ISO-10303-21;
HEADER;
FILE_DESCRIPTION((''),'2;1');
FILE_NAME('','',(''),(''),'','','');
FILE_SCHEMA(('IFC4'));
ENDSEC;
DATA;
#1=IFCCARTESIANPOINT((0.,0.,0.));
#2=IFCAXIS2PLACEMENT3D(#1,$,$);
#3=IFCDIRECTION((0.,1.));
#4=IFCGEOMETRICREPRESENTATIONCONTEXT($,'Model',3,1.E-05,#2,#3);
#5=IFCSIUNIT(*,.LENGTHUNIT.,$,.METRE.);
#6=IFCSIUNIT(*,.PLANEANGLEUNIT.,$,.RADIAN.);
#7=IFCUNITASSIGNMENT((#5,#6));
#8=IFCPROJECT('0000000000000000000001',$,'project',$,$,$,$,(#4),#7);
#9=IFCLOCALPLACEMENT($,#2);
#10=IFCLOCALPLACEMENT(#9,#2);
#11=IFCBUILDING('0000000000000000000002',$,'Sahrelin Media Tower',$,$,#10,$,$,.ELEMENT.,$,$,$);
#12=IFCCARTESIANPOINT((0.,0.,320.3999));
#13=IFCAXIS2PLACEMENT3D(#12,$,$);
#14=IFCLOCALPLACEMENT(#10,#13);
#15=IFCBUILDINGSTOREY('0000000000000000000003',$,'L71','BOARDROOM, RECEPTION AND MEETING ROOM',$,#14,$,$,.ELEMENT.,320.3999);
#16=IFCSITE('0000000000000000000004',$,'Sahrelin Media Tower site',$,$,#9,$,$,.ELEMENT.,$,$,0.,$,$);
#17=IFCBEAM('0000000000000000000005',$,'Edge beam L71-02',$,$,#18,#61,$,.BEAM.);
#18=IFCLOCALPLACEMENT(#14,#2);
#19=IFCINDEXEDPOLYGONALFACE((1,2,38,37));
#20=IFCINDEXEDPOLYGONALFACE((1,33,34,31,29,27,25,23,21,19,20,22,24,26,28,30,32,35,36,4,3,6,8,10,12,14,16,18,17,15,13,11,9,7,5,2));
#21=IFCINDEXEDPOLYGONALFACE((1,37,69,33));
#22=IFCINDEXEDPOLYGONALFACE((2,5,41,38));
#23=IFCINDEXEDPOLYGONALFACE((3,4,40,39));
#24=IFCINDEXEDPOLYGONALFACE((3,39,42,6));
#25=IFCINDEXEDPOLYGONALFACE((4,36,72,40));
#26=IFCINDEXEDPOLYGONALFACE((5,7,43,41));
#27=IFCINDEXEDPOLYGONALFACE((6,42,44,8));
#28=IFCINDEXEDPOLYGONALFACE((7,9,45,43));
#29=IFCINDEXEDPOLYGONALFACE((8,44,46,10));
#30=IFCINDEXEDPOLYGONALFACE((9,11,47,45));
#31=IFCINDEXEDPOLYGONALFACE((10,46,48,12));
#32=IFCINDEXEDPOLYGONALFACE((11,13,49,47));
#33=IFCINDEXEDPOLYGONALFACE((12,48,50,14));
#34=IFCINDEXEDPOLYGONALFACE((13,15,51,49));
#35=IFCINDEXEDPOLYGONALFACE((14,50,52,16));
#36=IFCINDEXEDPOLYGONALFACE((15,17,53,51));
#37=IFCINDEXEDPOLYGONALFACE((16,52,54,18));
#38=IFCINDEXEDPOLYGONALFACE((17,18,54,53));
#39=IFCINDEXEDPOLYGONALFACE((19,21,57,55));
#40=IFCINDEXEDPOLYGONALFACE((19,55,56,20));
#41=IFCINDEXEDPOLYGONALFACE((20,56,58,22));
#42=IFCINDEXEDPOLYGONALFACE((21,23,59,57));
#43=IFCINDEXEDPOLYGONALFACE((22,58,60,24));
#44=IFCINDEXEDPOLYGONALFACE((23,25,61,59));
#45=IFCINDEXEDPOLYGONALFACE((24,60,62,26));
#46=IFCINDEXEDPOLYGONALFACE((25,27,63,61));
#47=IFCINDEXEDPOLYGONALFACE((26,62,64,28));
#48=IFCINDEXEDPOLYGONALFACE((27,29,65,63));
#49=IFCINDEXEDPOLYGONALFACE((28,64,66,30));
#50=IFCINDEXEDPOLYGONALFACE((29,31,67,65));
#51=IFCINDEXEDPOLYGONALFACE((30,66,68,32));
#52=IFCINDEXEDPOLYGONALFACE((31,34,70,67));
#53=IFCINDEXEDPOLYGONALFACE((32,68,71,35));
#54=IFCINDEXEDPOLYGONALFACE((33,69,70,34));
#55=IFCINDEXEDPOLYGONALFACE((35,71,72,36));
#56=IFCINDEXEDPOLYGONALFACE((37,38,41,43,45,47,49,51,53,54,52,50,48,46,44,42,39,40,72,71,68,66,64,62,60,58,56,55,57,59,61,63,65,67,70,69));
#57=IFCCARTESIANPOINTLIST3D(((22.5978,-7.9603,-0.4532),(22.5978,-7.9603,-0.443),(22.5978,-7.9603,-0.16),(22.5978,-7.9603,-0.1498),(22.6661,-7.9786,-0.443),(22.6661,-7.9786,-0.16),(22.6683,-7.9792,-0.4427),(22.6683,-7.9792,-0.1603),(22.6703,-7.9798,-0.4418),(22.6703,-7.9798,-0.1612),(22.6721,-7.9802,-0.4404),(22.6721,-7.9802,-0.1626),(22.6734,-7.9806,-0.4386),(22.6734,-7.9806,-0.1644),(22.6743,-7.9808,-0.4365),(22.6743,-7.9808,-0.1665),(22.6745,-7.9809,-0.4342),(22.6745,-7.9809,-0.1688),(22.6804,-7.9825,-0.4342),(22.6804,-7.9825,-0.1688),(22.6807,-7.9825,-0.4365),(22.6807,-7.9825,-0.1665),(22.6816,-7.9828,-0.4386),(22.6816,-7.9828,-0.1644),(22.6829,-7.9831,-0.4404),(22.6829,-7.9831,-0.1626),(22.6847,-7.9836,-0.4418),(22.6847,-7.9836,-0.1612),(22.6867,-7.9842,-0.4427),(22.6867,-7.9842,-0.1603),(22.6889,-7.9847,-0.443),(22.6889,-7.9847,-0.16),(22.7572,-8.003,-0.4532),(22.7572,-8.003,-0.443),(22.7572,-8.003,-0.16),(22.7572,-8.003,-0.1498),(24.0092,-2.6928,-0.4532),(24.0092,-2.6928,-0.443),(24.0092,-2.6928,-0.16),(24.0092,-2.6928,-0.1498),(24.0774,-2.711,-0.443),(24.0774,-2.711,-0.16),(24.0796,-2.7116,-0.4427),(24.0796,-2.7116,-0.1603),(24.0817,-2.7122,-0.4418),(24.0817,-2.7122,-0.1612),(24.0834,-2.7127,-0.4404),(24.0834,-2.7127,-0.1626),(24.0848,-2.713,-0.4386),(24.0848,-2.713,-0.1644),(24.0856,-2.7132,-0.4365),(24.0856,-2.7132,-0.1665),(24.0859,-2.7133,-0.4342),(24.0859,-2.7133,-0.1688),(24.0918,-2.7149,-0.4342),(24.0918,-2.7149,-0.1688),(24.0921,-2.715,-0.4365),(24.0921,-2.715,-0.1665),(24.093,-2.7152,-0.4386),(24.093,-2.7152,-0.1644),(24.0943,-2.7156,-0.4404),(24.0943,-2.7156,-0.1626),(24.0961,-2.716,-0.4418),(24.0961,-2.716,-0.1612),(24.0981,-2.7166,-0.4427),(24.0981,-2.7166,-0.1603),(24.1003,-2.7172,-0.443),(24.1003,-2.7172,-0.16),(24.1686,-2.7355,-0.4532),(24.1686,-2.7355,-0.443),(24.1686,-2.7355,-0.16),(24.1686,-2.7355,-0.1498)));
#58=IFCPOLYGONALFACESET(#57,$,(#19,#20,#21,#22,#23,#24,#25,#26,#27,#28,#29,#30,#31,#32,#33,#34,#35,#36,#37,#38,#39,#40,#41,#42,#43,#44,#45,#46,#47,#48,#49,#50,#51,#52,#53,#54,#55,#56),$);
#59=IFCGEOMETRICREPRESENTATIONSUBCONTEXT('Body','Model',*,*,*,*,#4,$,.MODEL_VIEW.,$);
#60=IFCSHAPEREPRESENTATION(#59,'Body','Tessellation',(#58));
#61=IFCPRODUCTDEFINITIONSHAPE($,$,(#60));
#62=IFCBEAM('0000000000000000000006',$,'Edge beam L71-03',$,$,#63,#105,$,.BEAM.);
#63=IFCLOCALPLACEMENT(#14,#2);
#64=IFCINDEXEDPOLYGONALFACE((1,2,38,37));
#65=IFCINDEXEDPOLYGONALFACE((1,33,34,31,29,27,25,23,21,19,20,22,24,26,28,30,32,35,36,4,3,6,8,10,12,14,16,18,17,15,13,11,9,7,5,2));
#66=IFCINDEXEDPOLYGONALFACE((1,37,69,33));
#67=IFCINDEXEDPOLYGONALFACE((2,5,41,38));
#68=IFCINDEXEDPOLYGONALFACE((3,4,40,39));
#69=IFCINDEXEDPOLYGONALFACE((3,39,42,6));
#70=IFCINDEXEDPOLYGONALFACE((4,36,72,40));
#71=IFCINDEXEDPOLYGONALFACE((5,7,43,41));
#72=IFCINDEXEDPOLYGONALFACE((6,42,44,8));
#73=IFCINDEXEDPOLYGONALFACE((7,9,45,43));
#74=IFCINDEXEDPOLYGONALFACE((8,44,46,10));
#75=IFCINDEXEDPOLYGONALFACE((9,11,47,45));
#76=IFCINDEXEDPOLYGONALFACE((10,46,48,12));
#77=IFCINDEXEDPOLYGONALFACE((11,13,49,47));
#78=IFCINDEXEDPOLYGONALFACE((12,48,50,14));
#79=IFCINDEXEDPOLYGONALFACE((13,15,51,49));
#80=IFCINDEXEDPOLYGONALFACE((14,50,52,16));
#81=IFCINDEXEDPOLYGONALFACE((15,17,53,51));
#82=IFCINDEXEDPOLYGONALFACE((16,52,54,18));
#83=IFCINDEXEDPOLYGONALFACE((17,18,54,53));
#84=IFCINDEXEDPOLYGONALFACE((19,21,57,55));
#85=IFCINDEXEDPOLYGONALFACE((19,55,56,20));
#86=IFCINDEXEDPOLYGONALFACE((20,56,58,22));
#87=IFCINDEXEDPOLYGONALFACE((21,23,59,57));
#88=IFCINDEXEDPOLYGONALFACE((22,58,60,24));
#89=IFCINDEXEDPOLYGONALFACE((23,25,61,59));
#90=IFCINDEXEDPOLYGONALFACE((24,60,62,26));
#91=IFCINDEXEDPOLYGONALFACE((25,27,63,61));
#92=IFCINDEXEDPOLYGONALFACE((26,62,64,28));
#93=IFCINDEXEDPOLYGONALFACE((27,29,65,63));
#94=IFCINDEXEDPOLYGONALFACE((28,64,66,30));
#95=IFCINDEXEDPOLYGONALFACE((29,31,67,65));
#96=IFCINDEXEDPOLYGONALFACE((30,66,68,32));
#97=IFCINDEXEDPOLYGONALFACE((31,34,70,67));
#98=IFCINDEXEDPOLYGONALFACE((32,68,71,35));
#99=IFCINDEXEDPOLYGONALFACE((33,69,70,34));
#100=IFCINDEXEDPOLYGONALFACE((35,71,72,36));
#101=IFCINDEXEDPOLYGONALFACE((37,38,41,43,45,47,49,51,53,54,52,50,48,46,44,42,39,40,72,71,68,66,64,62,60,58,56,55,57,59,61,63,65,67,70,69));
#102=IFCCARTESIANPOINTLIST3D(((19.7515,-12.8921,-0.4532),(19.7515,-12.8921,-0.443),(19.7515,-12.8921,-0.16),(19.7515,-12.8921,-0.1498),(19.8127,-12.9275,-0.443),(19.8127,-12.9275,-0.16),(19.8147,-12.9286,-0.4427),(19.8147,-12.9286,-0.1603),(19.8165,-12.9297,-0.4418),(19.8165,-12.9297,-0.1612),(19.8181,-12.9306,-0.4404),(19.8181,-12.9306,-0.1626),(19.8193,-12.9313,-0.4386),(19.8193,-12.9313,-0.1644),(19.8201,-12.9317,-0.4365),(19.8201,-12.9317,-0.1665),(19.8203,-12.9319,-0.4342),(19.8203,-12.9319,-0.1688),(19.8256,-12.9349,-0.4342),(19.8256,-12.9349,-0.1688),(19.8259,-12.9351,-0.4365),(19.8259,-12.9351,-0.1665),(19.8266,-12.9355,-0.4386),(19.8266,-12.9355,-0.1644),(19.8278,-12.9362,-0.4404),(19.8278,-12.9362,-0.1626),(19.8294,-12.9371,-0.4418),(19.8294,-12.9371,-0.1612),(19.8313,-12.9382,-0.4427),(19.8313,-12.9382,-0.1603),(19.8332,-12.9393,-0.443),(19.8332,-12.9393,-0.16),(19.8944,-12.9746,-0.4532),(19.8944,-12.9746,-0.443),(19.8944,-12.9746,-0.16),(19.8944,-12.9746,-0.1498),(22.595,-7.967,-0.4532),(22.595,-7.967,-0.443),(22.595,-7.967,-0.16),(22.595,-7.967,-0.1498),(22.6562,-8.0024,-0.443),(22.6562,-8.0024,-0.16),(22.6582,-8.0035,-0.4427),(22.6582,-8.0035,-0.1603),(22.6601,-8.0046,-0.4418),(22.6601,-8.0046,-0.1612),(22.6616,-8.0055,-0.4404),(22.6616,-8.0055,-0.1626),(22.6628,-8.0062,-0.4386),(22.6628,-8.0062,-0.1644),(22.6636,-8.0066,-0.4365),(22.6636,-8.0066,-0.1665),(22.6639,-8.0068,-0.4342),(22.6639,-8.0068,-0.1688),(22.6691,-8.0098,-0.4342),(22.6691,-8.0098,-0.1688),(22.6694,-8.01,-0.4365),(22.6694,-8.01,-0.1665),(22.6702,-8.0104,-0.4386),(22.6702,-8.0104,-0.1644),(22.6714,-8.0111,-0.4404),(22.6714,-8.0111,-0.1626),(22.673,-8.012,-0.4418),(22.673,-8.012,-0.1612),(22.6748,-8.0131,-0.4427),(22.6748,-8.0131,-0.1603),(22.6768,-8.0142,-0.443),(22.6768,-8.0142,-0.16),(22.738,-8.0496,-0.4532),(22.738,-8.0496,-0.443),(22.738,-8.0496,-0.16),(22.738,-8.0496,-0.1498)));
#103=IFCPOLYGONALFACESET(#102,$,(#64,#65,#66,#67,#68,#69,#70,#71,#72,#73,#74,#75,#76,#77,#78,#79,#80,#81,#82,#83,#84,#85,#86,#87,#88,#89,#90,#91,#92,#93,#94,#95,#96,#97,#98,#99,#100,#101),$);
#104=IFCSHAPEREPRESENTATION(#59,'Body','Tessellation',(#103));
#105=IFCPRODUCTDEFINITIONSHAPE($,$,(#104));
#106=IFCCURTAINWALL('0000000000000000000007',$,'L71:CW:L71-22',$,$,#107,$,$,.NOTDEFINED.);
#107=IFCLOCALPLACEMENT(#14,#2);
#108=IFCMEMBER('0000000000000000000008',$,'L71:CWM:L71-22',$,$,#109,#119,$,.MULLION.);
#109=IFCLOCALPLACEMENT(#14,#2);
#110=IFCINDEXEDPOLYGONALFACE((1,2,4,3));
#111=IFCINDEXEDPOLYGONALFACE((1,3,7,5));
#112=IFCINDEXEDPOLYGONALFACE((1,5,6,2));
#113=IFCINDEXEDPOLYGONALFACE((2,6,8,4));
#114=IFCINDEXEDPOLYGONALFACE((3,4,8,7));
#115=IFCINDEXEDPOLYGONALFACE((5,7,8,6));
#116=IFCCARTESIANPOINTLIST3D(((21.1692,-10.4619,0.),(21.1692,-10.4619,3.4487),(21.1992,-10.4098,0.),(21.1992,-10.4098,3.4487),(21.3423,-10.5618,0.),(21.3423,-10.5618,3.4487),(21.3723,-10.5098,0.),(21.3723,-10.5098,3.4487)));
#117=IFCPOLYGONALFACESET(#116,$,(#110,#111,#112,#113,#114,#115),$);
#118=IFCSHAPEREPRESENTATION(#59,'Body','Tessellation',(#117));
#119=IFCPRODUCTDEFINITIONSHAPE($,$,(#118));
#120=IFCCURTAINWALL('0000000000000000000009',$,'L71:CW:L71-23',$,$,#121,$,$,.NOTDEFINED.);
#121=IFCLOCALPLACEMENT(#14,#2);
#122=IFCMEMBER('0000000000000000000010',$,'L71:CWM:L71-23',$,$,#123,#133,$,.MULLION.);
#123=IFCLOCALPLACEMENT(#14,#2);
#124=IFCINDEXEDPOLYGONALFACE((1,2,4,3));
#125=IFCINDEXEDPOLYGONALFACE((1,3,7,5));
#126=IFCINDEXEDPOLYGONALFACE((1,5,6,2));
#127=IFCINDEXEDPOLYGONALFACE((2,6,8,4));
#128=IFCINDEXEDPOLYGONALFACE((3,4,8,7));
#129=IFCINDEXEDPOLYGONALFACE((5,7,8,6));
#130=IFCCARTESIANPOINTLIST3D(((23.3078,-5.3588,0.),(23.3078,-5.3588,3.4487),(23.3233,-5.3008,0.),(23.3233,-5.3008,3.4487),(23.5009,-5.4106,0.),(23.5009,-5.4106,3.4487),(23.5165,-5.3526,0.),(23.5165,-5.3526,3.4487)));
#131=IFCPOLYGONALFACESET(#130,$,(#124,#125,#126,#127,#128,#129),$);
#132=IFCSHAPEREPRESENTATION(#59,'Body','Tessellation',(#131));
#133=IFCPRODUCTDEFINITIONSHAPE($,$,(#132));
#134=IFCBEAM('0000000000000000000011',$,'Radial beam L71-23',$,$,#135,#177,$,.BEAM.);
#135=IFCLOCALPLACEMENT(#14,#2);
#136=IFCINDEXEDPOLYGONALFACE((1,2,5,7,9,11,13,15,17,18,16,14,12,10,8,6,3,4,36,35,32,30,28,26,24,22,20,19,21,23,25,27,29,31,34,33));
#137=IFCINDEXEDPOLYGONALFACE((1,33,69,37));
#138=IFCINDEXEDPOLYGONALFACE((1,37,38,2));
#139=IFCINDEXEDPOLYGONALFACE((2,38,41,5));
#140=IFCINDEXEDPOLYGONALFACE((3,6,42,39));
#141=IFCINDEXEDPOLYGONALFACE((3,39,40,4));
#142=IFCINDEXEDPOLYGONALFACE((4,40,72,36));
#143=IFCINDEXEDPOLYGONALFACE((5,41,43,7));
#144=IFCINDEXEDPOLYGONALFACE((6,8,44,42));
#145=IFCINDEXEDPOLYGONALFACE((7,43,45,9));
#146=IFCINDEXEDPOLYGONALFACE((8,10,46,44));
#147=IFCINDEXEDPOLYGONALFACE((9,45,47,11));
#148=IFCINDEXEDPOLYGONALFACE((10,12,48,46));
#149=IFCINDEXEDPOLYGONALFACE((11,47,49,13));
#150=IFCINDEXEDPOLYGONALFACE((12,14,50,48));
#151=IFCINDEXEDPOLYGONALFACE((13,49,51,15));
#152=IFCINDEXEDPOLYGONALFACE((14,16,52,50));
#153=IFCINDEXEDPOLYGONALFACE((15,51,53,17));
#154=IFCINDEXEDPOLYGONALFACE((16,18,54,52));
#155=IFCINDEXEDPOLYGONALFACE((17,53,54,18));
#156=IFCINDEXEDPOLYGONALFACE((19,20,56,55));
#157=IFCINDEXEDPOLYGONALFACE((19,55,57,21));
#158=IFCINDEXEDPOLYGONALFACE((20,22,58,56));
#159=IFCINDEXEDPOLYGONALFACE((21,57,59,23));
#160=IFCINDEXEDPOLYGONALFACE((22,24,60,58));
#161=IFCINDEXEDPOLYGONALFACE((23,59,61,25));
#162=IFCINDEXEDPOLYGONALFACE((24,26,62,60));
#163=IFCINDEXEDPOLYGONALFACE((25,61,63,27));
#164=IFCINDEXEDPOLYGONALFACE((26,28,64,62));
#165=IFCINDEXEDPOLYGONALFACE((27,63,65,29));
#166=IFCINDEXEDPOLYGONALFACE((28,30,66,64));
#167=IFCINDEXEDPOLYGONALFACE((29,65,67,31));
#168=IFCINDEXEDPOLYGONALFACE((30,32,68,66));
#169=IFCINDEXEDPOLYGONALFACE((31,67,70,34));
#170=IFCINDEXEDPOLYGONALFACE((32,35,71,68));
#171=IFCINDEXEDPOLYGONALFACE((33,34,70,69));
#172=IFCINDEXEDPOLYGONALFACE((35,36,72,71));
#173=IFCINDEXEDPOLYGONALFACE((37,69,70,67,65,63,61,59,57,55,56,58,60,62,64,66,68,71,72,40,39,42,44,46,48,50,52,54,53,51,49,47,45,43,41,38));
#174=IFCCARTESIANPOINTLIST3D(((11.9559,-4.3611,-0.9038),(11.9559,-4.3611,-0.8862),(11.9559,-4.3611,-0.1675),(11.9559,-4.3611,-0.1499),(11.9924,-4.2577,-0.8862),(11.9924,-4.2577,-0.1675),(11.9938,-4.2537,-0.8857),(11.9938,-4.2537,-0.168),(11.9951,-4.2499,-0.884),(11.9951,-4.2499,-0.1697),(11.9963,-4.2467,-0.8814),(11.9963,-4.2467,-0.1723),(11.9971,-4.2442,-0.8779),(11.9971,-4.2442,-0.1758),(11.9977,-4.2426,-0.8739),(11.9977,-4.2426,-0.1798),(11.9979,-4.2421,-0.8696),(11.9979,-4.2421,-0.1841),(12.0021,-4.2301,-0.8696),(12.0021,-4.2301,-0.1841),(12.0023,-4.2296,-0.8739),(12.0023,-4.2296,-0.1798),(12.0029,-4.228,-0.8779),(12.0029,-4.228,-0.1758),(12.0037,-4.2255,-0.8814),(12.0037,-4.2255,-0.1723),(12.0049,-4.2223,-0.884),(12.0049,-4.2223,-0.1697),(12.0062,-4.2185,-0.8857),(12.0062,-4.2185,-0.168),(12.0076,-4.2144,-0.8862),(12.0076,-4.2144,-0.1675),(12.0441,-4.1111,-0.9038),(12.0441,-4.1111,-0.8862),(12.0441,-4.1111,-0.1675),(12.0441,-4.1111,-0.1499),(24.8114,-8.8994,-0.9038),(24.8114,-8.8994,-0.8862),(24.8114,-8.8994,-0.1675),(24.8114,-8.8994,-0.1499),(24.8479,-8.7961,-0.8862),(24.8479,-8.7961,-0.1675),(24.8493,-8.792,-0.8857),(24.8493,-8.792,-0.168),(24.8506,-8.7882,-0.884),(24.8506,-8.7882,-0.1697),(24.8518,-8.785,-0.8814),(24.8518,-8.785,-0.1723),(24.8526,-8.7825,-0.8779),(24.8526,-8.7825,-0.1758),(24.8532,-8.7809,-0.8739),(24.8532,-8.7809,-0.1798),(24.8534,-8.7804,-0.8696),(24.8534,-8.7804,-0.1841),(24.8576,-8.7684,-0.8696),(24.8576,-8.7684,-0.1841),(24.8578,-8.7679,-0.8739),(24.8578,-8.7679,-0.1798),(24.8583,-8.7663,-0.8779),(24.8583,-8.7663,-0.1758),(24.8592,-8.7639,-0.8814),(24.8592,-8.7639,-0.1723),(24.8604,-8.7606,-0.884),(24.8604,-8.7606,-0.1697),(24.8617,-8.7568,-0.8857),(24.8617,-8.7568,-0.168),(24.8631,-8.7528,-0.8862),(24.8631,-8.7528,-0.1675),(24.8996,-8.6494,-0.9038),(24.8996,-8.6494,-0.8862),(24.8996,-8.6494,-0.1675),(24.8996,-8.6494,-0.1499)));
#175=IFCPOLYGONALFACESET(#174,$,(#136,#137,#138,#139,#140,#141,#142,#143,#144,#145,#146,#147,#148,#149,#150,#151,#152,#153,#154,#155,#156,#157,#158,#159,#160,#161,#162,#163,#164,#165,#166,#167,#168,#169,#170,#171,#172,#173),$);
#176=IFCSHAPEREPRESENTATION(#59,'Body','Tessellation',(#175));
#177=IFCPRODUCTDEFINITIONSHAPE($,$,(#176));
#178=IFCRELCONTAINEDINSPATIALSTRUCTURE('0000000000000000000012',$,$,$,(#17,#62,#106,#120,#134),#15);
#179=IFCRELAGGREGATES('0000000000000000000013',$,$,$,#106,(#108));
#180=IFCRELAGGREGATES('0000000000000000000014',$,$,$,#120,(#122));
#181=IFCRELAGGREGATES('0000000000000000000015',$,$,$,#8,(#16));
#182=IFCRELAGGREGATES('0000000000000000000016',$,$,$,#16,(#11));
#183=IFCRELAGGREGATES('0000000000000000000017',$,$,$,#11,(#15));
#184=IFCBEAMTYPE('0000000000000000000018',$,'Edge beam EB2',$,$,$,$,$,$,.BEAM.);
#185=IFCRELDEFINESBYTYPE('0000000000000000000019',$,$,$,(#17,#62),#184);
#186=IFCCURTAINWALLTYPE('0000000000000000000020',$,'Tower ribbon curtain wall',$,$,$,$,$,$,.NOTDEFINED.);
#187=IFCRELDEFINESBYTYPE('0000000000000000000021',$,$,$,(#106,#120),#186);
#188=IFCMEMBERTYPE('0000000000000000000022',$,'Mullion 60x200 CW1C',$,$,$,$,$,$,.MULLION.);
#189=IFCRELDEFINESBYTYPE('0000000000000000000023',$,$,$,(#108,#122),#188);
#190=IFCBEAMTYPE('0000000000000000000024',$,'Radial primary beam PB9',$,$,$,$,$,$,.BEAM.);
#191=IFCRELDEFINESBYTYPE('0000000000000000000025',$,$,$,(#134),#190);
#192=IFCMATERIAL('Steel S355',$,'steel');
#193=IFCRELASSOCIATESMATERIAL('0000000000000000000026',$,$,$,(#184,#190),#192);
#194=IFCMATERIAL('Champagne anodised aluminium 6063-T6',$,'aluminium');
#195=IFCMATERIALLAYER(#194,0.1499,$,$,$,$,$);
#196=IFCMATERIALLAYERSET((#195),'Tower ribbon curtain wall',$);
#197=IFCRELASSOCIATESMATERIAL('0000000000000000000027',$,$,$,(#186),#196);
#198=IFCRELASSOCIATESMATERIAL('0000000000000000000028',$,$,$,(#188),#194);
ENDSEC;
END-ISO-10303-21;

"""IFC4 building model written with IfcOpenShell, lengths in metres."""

from ifc_helpers import new_model, si_unit, direction, frame, origin, origin_2d, place, context, subcontext, project, spatial, rectangle, i_section, extrude, material, layer, layer_set, material_profile, profile_set, type_object, element, aggregate, save


model = new_model("IFC4")

# Units and contexts
model_context = context("Model", 3, precision=1e-05, world=origin(), true_north=direction((0.0, 1.0)))
body_context = subcontext(model_context, "Body", "Model", "MODEL_VIEW")
ifc_project = project(units=[si_unit("LENGTHUNIT", "METRE"), si_unit("PLANEANGLEUNIT", "RADIAN")], contexts=[model_context])

# Site, building, storey
site_placement = place(None, origin())
site = spatial("IfcSite", under=ifc_project, at=site_placement, Name="Sahrelin Media Tower site", CompositionType="ELEMENT", RefElevation=0.0)
building_placement = place(site_placement, origin())
building = spatial("IfcBuilding", under=site, at=building_placement, Name="Sahrelin Media Tower", CompositionType="ELEMENT")
storey_placement = place(building_placement, frame((0.0, 0.0, 320.3999)))
storey = spatial("IfcBuildingStorey", under=building, at=storey_placement, Name="L71", Description="BOARDROOM, RECEPTION AND MEETING ROOM", CompositionType="ELEMENT", Elevation=320.3999)

# Beams
ifc_material_1 = material(Name="Steel S355", Category="steel")
ifc_material_profile_1 = material_profile(ifc_material_1, i_section(OverallWidth=0.165, OverallDepth=0.3035, WebThickness=0.0061, FlangeThickness=0.0103, FilletRadius=0.0088, at=origin_2d()), Name="UB 305x165x40")
ifc_profile_set_1 = profile_set([ifc_material_profile_1], Name="Steel S355")
beam_type_1 = type_object("IfcBeamType", Name="Edge beam EB2", PredefinedType="BEAM", material=ifc_profile_set_1)
beam_1_placement = place(storey_placement, frame((24.0889, -2.7141, -0.3015), z_axis=(-0.258808, -0.965929, 0.0), x_axis=(0.965929, -0.258808, 0.0)))
element("IfcBeam", 1, at=beam_1_placement, inside=storey, type_object=beam_type_1, Name="Edge beam L71-02", PredefinedType="BEAM", context=body_context, shape_type="SweptSolid", body=[
    extrude(i_section(OverallWidth=0.165, OverallDepth=0.3035, WebThickness=0.0061, FlangeThickness=0.0103, FilletRadius=0.0088, at=origin_2d()), origin(), (0.0, 0.0, 1.0), 5.4534),
])
beam_2_placement = place(storey_placement, frame((22.6665, -8.0083, -0.3015), z_axis=(-0.500004, -0.866023, 0.0), x_axis=(0.866023, -0.500004, 0.0)))
element("IfcBeam", 2, at=beam_2_placement, inside=storey, type_object=beam_type_1, Name="Edge beam L71-03", PredefinedType="BEAM", context=body_context, shape_type="SweptSolid", body=[
    extrude(i_section(OverallWidth=0.165, OverallDepth=0.3035, WebThickness=0.0061, FlangeThickness=0.0103, FilletRadius=0.0088, at=origin_2d()), origin(), (0.0, 0.0, 1.0), 5.687),
])

# Curtain walls, members
ifc_material_2 = material(Name="Champagne anodised aluminium 6063-T6", Category="aluminium")
ifc_layer_1 = layer(ifc_material_2, 0.1499)
ifc_layer_set_1 = layer_set([ifc_layer_1], Name="Tower ribbon curtain wall")
curtain_wall_type = type_object("IfcCurtainWallType", Name="Tower ribbon curtain wall", PredefinedType="NOTDEFINED", material=ifc_layer_set_1)
curtain_wall_1_placement = place(storey_placement, frame((21.3748, -10.5459, 0.0), z_axis=(0.0, 0.0, 1.0), x_axis=(1.0, 0.0, 0.0)))
curtain_wall_1 = element("IfcCurtainWall", 3, at=curtain_wall_1_placement, inside=storey, type_object=curtain_wall_type, Name="L71:CW:L71-22", PredefinedType="NOTDEFINED")
ifc_material_profile_2 = material_profile(ifc_material_2, rectangle(XDim=0.0601, YDim=0.2, at=origin_2d()), Name="Mullion 60x200")
ifc_profile_set_2 = profile_set([ifc_material_profile_2], Name="Champagne anodised aluminium 6063-T6")
member_type_1 = type_object("IfcMemberType", Name="Mullion 60x200 CW1C", PredefinedType="MULLION", material=ifc_profile_set_2)
member_1_placement = place(storey_placement, frame((21.2708, -10.4858, 0.0), z_axis=(0.0, 0.0, 1.0), x_axis=(0.500005, 0.866023, 0.0)))
member_1 = element("IfcMember", 4, at=member_1_placement, type_object=member_type_1, Name="L71:CWM:L71-22", PredefinedType="MULLION", context=body_context, shape_type="SweptSolid", body=[
    extrude(rectangle(XDim=0.0601, YDim=0.2, at=origin_2d()), origin(), (0.0, 0.0, 1.0), 3.4487),
])
aggregate(curtain_wall_1, [member_1])
curtain_wall_2_placement = place(storey_placement, frame((23.5283, -5.3867, 0.0), z_axis=(0.0, 0.0, 1.0), x_axis=(1.0, 0.0, 0.0)))
curtain_wall_2 = element("IfcCurtainWall", 5, at=curtain_wall_2_placement, inside=storey, type_object=curtain_wall_type, Name="L71:CW:L71-23", PredefinedType="NOTDEFINED")
member_2_placement = place(storey_placement, frame((23.4121, -5.3557, 0.0), z_axis=(0.0, 0.0, 1.0), x_axis=(0.258814, 0.965927, 0.0)))
member_2 = element("IfcMember", 6, at=member_2_placement, type_object=member_type_1, Name="L71:CWM:L71-23", PredefinedType="MULLION", context=body_context, shape_type="SweptSolid", body=[
    extrude(rectangle(XDim=0.0601, YDim=0.2, at=origin_2d()), origin(), (0.0, 0.0, 1.0), 3.4487),
])

# Beam
ifc_material_profile_3 = material_profile(ifc_material_1, i_section(OverallWidth=0.2651, OverallDepth=0.7539, WebThickness=0.0127, FlangeThickness=0.0176, FilletRadius=0.0166, at=origin_2d()), Name="UB 762x267x147")
ifc_profile_set_3 = profile_set([ifc_material_profile_3], Name="Steel S355")
beam_type_2 = type_object("IfcBeamType", Name="Radial primary beam PB9", PredefinedType="BEAM", material=ifc_profile_set_3)
beam_3_placement = place(storey_placement, frame((12.0, -4.2361, -0.5269), z_axis=(0.942965, -0.332892, 0.0), x_axis=(0.332892, 0.942965, 0.0)))
element("IfcBeam", 7, at=beam_3_placement, inside=storey, type_object=beam_type_2, Name="Radial beam L71-23", PredefinedType="BEAM", context=body_context, shape_type="SweptSolid", body=[
    extrude(i_section(OverallWidth=0.2651, OverallDepth=0.7539, WebThickness=0.0127, FlangeThickness=0.0176, FilletRadius=0.0166, at=origin_2d()), origin(), (0.0, 0.0, 1.0), 13.6331),
])

aggregate(curtain_wall_2, [member_2])

save(model, "model.ifc")
